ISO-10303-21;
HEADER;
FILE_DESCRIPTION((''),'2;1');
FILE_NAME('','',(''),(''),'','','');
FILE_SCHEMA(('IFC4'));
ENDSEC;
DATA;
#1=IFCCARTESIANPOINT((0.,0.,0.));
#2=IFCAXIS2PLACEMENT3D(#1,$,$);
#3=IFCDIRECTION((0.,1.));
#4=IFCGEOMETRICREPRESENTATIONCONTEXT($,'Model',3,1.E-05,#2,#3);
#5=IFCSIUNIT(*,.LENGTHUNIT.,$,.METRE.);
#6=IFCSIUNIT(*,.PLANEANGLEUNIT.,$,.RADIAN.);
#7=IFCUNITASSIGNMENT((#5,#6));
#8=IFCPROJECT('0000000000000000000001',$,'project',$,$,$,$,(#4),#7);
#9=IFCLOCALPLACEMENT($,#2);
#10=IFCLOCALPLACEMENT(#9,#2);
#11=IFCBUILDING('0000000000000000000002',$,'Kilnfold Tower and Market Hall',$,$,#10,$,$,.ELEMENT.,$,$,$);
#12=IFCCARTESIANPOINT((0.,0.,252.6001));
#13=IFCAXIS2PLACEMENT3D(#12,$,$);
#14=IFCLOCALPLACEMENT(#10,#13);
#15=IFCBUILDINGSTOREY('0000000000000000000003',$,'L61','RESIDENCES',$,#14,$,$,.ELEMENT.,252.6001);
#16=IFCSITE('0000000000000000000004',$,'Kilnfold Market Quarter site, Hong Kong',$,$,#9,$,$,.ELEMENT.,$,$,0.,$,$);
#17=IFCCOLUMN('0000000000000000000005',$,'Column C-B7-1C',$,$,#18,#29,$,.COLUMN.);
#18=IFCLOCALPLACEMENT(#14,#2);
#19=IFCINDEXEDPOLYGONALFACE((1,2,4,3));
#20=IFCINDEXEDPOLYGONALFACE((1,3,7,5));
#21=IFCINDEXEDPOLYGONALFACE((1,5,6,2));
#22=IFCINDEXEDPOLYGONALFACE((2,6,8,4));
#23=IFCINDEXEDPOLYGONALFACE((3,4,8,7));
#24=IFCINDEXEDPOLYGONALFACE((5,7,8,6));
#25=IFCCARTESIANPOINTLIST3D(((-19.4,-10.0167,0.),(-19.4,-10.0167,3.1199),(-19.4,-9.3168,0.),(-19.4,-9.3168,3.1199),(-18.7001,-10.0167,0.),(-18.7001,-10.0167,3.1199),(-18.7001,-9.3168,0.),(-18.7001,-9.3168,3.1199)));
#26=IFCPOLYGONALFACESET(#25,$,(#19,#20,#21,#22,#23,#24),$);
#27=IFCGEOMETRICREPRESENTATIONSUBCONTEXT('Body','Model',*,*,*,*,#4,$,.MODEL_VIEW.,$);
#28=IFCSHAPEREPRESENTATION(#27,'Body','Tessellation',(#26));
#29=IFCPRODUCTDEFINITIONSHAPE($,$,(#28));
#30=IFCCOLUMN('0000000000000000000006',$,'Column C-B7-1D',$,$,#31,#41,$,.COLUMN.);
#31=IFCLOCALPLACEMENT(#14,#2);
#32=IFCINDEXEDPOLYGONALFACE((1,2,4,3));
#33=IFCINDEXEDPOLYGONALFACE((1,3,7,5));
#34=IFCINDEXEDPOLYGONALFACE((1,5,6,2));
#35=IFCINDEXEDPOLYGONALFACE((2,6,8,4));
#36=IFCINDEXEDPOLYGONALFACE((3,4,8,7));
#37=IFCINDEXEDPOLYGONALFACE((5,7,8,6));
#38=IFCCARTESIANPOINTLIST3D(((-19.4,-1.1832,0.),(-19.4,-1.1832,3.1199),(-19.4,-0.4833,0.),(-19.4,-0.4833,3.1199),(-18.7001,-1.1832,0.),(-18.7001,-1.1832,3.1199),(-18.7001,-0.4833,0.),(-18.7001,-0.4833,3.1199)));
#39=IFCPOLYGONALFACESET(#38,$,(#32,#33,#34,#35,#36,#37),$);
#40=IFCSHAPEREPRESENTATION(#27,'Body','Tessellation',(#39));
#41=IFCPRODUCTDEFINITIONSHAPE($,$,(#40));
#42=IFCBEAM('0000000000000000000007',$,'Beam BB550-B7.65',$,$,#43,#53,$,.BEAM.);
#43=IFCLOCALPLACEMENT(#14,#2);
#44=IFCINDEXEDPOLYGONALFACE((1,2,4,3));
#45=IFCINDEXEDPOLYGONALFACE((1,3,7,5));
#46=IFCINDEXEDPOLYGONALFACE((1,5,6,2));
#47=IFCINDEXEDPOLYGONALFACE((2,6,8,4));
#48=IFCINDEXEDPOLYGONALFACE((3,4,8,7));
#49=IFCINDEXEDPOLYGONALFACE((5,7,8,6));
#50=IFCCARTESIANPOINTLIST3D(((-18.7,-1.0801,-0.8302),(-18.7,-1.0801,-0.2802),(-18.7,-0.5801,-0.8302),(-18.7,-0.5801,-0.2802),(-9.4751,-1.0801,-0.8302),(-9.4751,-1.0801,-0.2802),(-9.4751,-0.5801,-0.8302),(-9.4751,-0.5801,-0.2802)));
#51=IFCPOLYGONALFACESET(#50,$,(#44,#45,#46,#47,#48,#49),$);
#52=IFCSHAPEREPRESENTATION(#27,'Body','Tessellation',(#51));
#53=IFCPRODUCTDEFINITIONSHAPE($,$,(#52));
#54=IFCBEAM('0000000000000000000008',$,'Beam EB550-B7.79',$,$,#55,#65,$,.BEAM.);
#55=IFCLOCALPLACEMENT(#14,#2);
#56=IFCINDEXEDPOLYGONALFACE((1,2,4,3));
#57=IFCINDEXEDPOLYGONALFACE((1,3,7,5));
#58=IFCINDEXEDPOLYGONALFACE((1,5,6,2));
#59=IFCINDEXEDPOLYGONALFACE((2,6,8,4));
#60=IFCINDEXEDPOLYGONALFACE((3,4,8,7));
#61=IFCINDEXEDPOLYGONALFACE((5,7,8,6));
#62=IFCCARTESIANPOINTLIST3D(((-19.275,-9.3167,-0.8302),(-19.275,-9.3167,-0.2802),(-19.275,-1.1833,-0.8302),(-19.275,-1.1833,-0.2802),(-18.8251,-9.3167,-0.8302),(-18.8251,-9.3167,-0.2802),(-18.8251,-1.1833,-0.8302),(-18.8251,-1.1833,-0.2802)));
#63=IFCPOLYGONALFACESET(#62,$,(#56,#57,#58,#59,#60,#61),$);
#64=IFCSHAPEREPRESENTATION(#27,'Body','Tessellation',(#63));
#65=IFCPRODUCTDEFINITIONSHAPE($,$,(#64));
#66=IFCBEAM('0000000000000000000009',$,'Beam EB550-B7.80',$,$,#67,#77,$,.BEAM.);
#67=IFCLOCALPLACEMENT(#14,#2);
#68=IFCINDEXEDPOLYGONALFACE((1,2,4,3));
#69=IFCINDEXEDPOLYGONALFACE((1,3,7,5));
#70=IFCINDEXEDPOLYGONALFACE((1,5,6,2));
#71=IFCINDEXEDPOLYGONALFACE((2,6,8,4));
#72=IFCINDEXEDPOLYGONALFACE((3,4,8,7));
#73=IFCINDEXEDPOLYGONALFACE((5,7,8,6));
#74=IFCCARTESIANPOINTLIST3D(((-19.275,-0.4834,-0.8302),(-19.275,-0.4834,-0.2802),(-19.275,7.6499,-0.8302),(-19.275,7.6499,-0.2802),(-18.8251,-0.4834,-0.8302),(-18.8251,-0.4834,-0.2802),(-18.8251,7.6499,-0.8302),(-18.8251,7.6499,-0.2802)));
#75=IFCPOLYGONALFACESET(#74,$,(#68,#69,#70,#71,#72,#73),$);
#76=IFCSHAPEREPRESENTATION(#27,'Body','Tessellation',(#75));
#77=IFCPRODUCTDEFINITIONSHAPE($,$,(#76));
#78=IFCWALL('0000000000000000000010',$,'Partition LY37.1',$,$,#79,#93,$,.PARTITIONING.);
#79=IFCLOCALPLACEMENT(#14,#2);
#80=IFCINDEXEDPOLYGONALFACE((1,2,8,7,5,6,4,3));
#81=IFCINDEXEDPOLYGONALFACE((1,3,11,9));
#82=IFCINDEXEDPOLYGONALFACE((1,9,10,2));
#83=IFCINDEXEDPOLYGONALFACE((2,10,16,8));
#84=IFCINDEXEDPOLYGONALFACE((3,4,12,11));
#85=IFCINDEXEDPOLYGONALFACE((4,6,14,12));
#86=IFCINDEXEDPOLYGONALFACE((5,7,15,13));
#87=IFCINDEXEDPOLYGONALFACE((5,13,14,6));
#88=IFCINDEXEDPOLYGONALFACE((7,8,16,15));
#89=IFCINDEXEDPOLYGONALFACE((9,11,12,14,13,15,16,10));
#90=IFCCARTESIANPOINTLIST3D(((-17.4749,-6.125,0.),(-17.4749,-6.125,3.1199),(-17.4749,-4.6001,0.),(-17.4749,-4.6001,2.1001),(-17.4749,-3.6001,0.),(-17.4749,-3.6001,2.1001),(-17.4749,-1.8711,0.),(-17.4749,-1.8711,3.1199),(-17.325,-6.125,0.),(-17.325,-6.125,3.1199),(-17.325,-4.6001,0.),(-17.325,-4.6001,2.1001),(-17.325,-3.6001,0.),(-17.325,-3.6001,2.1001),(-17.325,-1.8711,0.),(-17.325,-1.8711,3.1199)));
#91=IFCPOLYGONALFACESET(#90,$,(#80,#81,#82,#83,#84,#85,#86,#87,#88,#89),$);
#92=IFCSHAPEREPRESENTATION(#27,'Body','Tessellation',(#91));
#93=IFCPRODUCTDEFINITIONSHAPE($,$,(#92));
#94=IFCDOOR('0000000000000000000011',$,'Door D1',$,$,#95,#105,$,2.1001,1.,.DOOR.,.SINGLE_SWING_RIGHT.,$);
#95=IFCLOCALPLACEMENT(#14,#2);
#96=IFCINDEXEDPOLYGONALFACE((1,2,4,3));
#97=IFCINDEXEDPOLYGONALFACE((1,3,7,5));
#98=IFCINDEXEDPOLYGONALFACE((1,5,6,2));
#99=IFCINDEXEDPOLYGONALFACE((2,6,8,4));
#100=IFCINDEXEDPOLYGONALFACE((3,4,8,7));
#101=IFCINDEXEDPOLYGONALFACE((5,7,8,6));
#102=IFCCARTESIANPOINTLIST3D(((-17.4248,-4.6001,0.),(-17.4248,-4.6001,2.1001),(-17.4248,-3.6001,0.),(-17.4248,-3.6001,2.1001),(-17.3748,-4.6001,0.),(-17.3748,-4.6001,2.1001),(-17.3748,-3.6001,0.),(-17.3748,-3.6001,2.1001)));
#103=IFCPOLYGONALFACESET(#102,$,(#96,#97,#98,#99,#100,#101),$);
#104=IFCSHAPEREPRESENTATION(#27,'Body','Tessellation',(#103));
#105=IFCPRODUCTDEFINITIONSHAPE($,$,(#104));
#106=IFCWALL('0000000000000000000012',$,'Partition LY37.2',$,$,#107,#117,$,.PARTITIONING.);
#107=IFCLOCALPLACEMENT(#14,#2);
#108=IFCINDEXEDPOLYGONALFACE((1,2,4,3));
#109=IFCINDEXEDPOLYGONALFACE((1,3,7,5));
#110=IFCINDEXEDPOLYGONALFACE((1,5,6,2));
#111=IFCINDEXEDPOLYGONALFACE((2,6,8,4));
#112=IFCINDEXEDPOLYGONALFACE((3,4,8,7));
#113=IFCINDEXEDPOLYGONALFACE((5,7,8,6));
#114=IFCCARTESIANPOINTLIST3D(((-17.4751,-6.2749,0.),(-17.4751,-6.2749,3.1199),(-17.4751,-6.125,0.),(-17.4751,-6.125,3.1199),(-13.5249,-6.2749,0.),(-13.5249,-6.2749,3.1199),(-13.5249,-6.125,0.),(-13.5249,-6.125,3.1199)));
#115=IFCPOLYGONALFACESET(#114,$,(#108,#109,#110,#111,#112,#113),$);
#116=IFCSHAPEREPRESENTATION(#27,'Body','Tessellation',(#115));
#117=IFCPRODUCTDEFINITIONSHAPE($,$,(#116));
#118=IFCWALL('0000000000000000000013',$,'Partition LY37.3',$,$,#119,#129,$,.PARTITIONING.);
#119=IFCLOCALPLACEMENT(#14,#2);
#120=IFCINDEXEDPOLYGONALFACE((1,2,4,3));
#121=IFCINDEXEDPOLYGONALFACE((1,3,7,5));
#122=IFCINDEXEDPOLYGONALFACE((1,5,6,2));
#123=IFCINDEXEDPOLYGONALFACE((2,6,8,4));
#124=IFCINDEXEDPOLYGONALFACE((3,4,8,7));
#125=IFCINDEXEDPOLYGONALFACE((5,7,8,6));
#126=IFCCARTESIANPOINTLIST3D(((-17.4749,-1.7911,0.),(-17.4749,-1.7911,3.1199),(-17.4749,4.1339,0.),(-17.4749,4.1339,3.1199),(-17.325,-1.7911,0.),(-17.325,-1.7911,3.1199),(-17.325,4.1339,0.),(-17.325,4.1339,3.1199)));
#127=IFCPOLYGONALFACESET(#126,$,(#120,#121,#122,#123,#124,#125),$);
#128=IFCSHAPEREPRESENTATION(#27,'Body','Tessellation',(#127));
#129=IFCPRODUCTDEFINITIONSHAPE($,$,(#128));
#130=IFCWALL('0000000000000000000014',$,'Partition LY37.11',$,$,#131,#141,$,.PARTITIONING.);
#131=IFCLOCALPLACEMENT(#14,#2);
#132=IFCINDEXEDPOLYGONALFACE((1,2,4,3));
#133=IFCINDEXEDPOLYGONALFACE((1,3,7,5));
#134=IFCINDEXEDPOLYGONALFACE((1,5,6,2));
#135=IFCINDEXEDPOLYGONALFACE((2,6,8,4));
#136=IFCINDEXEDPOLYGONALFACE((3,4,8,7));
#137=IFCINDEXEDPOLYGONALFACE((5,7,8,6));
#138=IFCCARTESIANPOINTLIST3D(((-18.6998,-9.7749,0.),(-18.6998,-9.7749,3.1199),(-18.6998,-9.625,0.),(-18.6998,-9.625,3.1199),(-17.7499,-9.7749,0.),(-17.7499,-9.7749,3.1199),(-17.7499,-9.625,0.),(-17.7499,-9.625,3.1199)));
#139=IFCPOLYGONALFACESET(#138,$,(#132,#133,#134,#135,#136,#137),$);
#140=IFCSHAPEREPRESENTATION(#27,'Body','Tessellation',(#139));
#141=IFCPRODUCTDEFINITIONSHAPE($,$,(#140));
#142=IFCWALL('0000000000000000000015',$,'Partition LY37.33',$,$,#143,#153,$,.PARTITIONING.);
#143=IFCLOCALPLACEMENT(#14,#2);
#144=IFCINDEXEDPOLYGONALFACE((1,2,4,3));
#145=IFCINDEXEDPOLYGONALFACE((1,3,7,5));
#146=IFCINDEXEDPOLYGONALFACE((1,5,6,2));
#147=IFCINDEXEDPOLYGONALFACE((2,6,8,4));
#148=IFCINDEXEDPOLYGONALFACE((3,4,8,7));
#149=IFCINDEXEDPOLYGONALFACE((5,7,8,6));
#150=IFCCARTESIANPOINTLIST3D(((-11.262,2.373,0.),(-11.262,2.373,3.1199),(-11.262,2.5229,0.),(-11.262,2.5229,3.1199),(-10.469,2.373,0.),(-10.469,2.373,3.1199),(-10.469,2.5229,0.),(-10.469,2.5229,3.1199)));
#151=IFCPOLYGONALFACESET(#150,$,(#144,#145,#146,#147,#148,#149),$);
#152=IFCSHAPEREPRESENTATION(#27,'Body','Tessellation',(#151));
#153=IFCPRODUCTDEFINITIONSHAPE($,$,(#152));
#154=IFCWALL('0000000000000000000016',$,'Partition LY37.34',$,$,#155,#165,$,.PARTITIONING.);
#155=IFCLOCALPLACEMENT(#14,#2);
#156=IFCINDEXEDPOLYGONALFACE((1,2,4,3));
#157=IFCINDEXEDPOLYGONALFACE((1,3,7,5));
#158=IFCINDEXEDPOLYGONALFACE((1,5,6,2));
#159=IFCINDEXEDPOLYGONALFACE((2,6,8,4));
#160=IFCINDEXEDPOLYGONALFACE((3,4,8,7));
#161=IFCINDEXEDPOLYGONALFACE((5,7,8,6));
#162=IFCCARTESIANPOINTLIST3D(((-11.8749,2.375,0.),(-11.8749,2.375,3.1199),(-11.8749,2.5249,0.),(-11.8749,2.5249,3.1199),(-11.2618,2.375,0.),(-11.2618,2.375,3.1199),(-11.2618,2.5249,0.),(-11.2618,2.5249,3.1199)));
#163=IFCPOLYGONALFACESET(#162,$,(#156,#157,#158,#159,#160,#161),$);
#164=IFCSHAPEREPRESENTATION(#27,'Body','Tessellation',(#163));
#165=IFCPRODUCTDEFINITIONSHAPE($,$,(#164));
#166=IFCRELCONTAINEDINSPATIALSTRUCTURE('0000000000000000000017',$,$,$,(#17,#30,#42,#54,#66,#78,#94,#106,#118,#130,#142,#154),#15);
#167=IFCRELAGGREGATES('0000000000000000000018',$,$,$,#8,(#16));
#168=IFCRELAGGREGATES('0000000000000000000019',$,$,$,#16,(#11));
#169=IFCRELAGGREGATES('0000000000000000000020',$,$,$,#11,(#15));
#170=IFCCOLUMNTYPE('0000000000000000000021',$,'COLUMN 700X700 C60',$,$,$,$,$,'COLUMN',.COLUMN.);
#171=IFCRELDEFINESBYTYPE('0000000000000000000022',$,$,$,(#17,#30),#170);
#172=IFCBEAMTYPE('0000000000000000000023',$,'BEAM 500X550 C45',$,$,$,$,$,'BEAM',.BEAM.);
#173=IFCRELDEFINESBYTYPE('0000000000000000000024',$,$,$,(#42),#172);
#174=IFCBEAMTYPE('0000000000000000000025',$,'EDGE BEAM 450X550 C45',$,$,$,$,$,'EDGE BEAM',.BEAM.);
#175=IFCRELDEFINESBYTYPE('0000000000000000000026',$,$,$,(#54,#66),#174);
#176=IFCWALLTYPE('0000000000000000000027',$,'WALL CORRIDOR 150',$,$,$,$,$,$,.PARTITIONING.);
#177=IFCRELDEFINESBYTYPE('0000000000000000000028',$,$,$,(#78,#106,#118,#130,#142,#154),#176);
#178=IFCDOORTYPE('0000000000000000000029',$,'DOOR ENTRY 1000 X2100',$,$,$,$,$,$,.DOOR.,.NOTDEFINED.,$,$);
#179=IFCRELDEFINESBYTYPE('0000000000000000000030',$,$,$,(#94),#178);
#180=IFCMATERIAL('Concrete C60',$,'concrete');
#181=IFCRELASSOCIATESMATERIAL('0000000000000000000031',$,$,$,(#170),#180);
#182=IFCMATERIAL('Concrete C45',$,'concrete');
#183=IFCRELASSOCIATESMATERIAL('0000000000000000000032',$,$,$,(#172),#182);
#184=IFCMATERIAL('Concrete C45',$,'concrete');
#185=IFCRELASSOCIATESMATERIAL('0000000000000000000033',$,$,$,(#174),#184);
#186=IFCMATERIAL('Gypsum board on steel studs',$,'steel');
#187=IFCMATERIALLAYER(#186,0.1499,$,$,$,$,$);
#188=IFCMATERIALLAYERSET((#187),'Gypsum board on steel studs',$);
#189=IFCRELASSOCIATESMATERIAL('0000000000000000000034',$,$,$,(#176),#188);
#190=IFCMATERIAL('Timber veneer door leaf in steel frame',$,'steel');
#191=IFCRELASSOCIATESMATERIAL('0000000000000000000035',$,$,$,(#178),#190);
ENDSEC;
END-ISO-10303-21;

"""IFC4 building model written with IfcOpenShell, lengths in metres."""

from ifc_helpers import new_model, si_unit, direction, frame, frame_2d, origin, origin_2d, place, context, subcontext, project, spatial, rectangle, extrude, source, transform, mapped, material, layer, layer_set, material_profile, profile_set, type_object, element, fill, save


model = new_model("IFC4")

# Units and contexts
model_context = context("Model", 3, precision=1e-05, world=origin(), true_north=direction((0.0, 1.0)))
body_context = subcontext(model_context, "Body", "Model", "MODEL_VIEW")
ifc_project = project(units=[si_unit("LENGTHUNIT", "METRE"), si_unit("PLANEANGLEUNIT", "RADIAN")], contexts=[model_context])

# Site, building, storey
site_placement = place(None, origin())
site = spatial("IfcSite", under=ifc_project, at=site_placement, Name="Kilnfold Market Quarter site, Hong Kong", CompositionType="ELEMENT", RefElevation=0.0)
building_placement = place(site_placement, origin())
building = spatial("IfcBuilding", under=site, at=building_placement, Name="Kilnfold Tower and Market Hall", CompositionType="ELEMENT")
storey_placement = place(building_placement, frame((0.0, 0.0, 252.6001)))
storey = spatial("IfcBuildingStorey", under=building, at=storey_placement, Name="L61", Description="RESIDENCES", CompositionType="ELEMENT", Elevation=252.6001)

# Columns
ifc_material_1 = material(Name="Concrete C60", Category="concrete")
ifc_material_profile_1 = material_profile(ifc_material_1, rectangle(XDim=0.7, YDim=0.7, at=origin_2d()), Name="RC 700x700")
ifc_profile_set_1 = profile_set([ifc_material_profile_1], Name="Concrete C60")
column_type = type_object("IfcColumnType", Name="COLUMN 700X700 C60", ElementType="COLUMN", PredefinedType="COLUMN", material=ifc_profile_set_1)
shared_shape_1 = source(origin(), body_context, "Body", "SweptSolid", [
    extrude(rectangle(XDim=0.7, YDim=0.7, at=origin_2d()), origin(), (0.0, 0.0, 1.0), 3.1199),
])
for number, where, z_axis, x_axis, name in (
    (1, (-19.05, -9.6667, 0.0), (0.0, 0.0, 1.0), (1.0, 0.0, 0.0), "Column C-B7-1C"),
    (2, (-19.05, -0.8333, 0.0), (0.0, 0.0, 1.0), (1.0, 0.0, 0.0), "Column C-B7-1D"),
):
    element("IfcColumn", number, at=place(storey_placement, frame(where, z_axis=z_axis, x_axis=x_axis)), inside=storey, type_object=column_type, Name=name, PredefinedType="COLUMN", context=body_context, shape_type="MappedRepresentation", body=[
        mapped(shared_shape_1, transform((0.0, 0.0, 0.0))),
    ])

# Beams
ifc_material_2 = material(Name="Concrete C45", Category="concrete")
ifc_material_profile_2 = material_profile(ifc_material_2, rectangle(XDim=0.5, YDim=0.55, at=origin_2d()), Name="RC 500x550")
ifc_profile_set_2 = profile_set([ifc_material_profile_2], Name="Concrete C45")
beam_type_1 = type_object("IfcBeamType", Name="BEAM 500X550 C45", ElementType="BEAM", PredefinedType="BEAM", material=ifc_profile_set_2)
shared_shape_2 = source(origin(), body_context, "Body", "SweptSolid", [
    extrude(rectangle(XDim=0.5, YDim=0.55, at=origin_2d()), origin(), (0.0, 0.0, 1.0), 9.2249),
])
beam_placement = place(storey_placement, frame((-18.7, -0.8301, -0.5552), z_axis=(1.0, 0.0, 0.0), x_axis=(0.0, 1.0, 0.0)))
element("IfcBeam", 3, at=beam_placement, inside=storey, type_object=beam_type_1, Name="Beam BB550-B7.65", PredefinedType="BEAM", context=body_context, shape_type="MappedRepresentation", body=[
    mapped(shared_shape_2, transform((0.0, 0.0, 0.0))),
])
ifc_material_3 = material(Name="Concrete C45", Category="concrete")
ifc_material_profile_3 = material_profile(ifc_material_3, rectangle(XDim=0.45, YDim=0.55, at=origin_2d()), Name="RC 450x550")
ifc_profile_set_3 = profile_set([ifc_material_profile_3], Name="Concrete C45")
beam_type_2 = type_object("IfcBeamType", Name="EDGE BEAM 450X550 C45", ElementType="EDGE BEAM", PredefinedType="BEAM", material=ifc_profile_set_3)
shared_shape_3 = source(origin(), body_context, "Body", "SweptSolid", [
    extrude(rectangle(XDim=0.45, YDim=0.55, at=origin_2d()), origin(), (0.0, 0.0, 1.0), 8.1333),
])
for number, where, z_axis, x_axis, name in (
    (4, (-19.05, -9.3167, -0.5552), (0.0, 1.0, 0.0), (-1.0, 0.0, 0.0), "Beam EB550-B7.79"),
    (5, (-19.05, -0.4834, -0.5552), (0.0, 1.0, 0.0), (-1.0, 0.0, 0.0), "Beam EB550-B7.80"),
):
    element("IfcBeam", number, at=place(storey_placement, frame(where, z_axis=z_axis, x_axis=x_axis)), inside=storey, type_object=beam_type_2, Name=name, PredefinedType="BEAM", context=body_context, shape_type="MappedRepresentation", body=[
        mapped(shared_shape_3, transform((0.0, 0.0, 0.0))),
    ])

# Wall, opening, door
ifc_material_4 = material(Name="Gypsum board on steel studs", Category="steel")
ifc_layer_1 = layer(ifc_material_4, 0.1499)
ifc_layer_set_1 = layer_set([ifc_layer_1], Name="Gypsum board on steel studs")
wall_type_1 = type_object("IfcWallType", Name="WALL CORRIDOR 150", PredefinedType="PARTITIONING", material=ifc_layer_set_1)
wall_1_placement = place(storey_placement, frame((-17.3999, -6.125, 0.0), z_axis=(0.0, 0.0, 1.0), x_axis=(0.0, 1.0, 0.0)))
wall_1 = element("IfcWall", 6, at=wall_1_placement, inside=storey, type_object=wall_type_1, Name="Partition LY37.1", PredefinedType="PARTITIONING", context=body_context, shape_type="SweptSolid", body=[
    extrude(rectangle(XDim=4.2539, YDim=0.1499, at=frame_2d((2.127, 0.0))), origin(), (0.0, 0.0, 1.0), 3.1199),
])
opening_1_placement = place(wall_1_placement, frame((1.5249, 0.0, 0.0)))
opening_1 = element("IfcOpeningElement", 7, at=opening_1_placement, cuts=wall_1, PredefinedType="OPENING", context=body_context, shape_type="SweptSolid", body=[
    extrude(rectangle(XDim=1.0, YDim=2.1001, at=frame_2d((0.5, 1.05))), frame((0.0, 0.085, 0.0), z_axis=(0.0, -1.0, 0.0), x_axis=(1.0, 0.0, 0.0)), (0.0, 0.0, 1.0), 0.1699),
])
ifc_material_5 = material(Name="Timber veneer door leaf in steel frame", Category="steel")
door_type_1 = type_object("IfcDoorType", Name="DOOR ENTRY 1000 X2100", OperationType="NOTDEFINED", PredefinedType="DOOR", material=ifc_material_5)
door_1_placement = place(opening_1_placement, origin())
door_1 = element("IfcDoor", 8, at=door_1_placement, inside=storey, type_object=door_type_1, Name="Door D1", OperationType="SINGLE_SWING_RIGHT", OverallHeight=2.1001, OverallWidth=1.0, PredefinedType="DOOR", context=body_context, shape_type="SweptSolid", body=[
    extrude(rectangle(XDim=1.0, YDim=2.1001, at=frame_2d((0.5, 1.05))), frame((0.0, 0.0249, 0.0), z_axis=(0.0, -1.0, 0.0), x_axis=(1.0, 0.0, 0.0)), (0.0, 0.0, 1.0), 0.05),
])
fill(opening_1, door_1)

# Walls
wall_2_placement = place(storey_placement, frame((-17.4751, -6.2, 0.0), z_axis=(0.0, 0.0, 1.0), x_axis=(1.0, 0.0, 0.0)))
element("IfcWall", 9, at=wall_2_placement, inside=storey, type_object=wall_type_1, Name="Partition LY37.2", PredefinedType="PARTITIONING", context=body_context, shape_type="SweptSolid", body=[
    extrude(rectangle(XDim=3.9502, YDim=0.1499, at=frame_2d((1.9751, 0.0))), origin(), (0.0, 0.0, 1.0), 3.1199),
])
wall_3_placement = place(storey_placement, frame((-17.3999, -1.791, 0.0), z_axis=(0.0, 0.0, 1.0), x_axis=(0.0, 1.0, 0.0)))
element("IfcWall", 10, at=wall_3_placement, inside=storey, type_object=wall_type_1, Name="Partition LY37.3", PredefinedType="PARTITIONING", context=body_context, shape_type="SweptSolid", body=[
    extrude(rectangle(XDim=5.925, YDim=0.1499, at=frame_2d((2.9624, 0.0))), origin(), (0.0, 0.0, 1.0), 3.1199),
])
wall_4_placement = place(storey_placement, frame((-18.7, -9.7, 0.0), z_axis=(0.0, 0.0, 1.0), x_axis=(1.0, 0.0, 0.0)))
element("IfcWall", 11, at=wall_4_placement, inside=storey, type_object=wall_type_1, Name="Partition LY37.11", PredefinedType="PARTITIONING", context=body_context, shape_type="SweptSolid", body=[
    extrude(rectangle(XDim=0.95, YDim=0.1499, at=frame_2d((0.4751, 0.0))), origin(), (0.0, 0.0, 1.0), 3.1199),
])
wall_5_placement = place(storey_placement, frame((-11.262, 2.448, 0.0), z_axis=(0.0, 0.0, 1.0), x_axis=(1.0, 0.0, 0.0)))
element("IfcWall", 12, at=wall_5_placement, inside=storey, type_object=wall_type_1, Name="Partition LY37.33", PredefinedType="PARTITIONING", context=body_context, shape_type="SweptSolid", body=[
    extrude(rectangle(XDim=0.793, YDim=0.1499, at=frame_2d((0.3965, 0.0))), origin(), (0.0, 0.0, 1.0), 3.1199),
])
wall_6_placement = place(storey_placement, frame((-11.875, 2.45, 0.0), z_axis=(0.0, 0.0, 1.0), x_axis=(1.0, 0.0, 0.0)))
element("IfcWall", 13, at=wall_6_placement, inside=storey, type_object=wall_type_1, Name="Partition LY37.34", PredefinedType="PARTITIONING", context=body_context, shape_type="SweptSolid", body=[
    extrude(rectangle(XDim=0.613, YDim=0.1499, at=frame_2d((0.3066, 0.0))), origin(), (0.0, 0.0, 1.0), 3.1199),
])

save(model, "model.ifc")
